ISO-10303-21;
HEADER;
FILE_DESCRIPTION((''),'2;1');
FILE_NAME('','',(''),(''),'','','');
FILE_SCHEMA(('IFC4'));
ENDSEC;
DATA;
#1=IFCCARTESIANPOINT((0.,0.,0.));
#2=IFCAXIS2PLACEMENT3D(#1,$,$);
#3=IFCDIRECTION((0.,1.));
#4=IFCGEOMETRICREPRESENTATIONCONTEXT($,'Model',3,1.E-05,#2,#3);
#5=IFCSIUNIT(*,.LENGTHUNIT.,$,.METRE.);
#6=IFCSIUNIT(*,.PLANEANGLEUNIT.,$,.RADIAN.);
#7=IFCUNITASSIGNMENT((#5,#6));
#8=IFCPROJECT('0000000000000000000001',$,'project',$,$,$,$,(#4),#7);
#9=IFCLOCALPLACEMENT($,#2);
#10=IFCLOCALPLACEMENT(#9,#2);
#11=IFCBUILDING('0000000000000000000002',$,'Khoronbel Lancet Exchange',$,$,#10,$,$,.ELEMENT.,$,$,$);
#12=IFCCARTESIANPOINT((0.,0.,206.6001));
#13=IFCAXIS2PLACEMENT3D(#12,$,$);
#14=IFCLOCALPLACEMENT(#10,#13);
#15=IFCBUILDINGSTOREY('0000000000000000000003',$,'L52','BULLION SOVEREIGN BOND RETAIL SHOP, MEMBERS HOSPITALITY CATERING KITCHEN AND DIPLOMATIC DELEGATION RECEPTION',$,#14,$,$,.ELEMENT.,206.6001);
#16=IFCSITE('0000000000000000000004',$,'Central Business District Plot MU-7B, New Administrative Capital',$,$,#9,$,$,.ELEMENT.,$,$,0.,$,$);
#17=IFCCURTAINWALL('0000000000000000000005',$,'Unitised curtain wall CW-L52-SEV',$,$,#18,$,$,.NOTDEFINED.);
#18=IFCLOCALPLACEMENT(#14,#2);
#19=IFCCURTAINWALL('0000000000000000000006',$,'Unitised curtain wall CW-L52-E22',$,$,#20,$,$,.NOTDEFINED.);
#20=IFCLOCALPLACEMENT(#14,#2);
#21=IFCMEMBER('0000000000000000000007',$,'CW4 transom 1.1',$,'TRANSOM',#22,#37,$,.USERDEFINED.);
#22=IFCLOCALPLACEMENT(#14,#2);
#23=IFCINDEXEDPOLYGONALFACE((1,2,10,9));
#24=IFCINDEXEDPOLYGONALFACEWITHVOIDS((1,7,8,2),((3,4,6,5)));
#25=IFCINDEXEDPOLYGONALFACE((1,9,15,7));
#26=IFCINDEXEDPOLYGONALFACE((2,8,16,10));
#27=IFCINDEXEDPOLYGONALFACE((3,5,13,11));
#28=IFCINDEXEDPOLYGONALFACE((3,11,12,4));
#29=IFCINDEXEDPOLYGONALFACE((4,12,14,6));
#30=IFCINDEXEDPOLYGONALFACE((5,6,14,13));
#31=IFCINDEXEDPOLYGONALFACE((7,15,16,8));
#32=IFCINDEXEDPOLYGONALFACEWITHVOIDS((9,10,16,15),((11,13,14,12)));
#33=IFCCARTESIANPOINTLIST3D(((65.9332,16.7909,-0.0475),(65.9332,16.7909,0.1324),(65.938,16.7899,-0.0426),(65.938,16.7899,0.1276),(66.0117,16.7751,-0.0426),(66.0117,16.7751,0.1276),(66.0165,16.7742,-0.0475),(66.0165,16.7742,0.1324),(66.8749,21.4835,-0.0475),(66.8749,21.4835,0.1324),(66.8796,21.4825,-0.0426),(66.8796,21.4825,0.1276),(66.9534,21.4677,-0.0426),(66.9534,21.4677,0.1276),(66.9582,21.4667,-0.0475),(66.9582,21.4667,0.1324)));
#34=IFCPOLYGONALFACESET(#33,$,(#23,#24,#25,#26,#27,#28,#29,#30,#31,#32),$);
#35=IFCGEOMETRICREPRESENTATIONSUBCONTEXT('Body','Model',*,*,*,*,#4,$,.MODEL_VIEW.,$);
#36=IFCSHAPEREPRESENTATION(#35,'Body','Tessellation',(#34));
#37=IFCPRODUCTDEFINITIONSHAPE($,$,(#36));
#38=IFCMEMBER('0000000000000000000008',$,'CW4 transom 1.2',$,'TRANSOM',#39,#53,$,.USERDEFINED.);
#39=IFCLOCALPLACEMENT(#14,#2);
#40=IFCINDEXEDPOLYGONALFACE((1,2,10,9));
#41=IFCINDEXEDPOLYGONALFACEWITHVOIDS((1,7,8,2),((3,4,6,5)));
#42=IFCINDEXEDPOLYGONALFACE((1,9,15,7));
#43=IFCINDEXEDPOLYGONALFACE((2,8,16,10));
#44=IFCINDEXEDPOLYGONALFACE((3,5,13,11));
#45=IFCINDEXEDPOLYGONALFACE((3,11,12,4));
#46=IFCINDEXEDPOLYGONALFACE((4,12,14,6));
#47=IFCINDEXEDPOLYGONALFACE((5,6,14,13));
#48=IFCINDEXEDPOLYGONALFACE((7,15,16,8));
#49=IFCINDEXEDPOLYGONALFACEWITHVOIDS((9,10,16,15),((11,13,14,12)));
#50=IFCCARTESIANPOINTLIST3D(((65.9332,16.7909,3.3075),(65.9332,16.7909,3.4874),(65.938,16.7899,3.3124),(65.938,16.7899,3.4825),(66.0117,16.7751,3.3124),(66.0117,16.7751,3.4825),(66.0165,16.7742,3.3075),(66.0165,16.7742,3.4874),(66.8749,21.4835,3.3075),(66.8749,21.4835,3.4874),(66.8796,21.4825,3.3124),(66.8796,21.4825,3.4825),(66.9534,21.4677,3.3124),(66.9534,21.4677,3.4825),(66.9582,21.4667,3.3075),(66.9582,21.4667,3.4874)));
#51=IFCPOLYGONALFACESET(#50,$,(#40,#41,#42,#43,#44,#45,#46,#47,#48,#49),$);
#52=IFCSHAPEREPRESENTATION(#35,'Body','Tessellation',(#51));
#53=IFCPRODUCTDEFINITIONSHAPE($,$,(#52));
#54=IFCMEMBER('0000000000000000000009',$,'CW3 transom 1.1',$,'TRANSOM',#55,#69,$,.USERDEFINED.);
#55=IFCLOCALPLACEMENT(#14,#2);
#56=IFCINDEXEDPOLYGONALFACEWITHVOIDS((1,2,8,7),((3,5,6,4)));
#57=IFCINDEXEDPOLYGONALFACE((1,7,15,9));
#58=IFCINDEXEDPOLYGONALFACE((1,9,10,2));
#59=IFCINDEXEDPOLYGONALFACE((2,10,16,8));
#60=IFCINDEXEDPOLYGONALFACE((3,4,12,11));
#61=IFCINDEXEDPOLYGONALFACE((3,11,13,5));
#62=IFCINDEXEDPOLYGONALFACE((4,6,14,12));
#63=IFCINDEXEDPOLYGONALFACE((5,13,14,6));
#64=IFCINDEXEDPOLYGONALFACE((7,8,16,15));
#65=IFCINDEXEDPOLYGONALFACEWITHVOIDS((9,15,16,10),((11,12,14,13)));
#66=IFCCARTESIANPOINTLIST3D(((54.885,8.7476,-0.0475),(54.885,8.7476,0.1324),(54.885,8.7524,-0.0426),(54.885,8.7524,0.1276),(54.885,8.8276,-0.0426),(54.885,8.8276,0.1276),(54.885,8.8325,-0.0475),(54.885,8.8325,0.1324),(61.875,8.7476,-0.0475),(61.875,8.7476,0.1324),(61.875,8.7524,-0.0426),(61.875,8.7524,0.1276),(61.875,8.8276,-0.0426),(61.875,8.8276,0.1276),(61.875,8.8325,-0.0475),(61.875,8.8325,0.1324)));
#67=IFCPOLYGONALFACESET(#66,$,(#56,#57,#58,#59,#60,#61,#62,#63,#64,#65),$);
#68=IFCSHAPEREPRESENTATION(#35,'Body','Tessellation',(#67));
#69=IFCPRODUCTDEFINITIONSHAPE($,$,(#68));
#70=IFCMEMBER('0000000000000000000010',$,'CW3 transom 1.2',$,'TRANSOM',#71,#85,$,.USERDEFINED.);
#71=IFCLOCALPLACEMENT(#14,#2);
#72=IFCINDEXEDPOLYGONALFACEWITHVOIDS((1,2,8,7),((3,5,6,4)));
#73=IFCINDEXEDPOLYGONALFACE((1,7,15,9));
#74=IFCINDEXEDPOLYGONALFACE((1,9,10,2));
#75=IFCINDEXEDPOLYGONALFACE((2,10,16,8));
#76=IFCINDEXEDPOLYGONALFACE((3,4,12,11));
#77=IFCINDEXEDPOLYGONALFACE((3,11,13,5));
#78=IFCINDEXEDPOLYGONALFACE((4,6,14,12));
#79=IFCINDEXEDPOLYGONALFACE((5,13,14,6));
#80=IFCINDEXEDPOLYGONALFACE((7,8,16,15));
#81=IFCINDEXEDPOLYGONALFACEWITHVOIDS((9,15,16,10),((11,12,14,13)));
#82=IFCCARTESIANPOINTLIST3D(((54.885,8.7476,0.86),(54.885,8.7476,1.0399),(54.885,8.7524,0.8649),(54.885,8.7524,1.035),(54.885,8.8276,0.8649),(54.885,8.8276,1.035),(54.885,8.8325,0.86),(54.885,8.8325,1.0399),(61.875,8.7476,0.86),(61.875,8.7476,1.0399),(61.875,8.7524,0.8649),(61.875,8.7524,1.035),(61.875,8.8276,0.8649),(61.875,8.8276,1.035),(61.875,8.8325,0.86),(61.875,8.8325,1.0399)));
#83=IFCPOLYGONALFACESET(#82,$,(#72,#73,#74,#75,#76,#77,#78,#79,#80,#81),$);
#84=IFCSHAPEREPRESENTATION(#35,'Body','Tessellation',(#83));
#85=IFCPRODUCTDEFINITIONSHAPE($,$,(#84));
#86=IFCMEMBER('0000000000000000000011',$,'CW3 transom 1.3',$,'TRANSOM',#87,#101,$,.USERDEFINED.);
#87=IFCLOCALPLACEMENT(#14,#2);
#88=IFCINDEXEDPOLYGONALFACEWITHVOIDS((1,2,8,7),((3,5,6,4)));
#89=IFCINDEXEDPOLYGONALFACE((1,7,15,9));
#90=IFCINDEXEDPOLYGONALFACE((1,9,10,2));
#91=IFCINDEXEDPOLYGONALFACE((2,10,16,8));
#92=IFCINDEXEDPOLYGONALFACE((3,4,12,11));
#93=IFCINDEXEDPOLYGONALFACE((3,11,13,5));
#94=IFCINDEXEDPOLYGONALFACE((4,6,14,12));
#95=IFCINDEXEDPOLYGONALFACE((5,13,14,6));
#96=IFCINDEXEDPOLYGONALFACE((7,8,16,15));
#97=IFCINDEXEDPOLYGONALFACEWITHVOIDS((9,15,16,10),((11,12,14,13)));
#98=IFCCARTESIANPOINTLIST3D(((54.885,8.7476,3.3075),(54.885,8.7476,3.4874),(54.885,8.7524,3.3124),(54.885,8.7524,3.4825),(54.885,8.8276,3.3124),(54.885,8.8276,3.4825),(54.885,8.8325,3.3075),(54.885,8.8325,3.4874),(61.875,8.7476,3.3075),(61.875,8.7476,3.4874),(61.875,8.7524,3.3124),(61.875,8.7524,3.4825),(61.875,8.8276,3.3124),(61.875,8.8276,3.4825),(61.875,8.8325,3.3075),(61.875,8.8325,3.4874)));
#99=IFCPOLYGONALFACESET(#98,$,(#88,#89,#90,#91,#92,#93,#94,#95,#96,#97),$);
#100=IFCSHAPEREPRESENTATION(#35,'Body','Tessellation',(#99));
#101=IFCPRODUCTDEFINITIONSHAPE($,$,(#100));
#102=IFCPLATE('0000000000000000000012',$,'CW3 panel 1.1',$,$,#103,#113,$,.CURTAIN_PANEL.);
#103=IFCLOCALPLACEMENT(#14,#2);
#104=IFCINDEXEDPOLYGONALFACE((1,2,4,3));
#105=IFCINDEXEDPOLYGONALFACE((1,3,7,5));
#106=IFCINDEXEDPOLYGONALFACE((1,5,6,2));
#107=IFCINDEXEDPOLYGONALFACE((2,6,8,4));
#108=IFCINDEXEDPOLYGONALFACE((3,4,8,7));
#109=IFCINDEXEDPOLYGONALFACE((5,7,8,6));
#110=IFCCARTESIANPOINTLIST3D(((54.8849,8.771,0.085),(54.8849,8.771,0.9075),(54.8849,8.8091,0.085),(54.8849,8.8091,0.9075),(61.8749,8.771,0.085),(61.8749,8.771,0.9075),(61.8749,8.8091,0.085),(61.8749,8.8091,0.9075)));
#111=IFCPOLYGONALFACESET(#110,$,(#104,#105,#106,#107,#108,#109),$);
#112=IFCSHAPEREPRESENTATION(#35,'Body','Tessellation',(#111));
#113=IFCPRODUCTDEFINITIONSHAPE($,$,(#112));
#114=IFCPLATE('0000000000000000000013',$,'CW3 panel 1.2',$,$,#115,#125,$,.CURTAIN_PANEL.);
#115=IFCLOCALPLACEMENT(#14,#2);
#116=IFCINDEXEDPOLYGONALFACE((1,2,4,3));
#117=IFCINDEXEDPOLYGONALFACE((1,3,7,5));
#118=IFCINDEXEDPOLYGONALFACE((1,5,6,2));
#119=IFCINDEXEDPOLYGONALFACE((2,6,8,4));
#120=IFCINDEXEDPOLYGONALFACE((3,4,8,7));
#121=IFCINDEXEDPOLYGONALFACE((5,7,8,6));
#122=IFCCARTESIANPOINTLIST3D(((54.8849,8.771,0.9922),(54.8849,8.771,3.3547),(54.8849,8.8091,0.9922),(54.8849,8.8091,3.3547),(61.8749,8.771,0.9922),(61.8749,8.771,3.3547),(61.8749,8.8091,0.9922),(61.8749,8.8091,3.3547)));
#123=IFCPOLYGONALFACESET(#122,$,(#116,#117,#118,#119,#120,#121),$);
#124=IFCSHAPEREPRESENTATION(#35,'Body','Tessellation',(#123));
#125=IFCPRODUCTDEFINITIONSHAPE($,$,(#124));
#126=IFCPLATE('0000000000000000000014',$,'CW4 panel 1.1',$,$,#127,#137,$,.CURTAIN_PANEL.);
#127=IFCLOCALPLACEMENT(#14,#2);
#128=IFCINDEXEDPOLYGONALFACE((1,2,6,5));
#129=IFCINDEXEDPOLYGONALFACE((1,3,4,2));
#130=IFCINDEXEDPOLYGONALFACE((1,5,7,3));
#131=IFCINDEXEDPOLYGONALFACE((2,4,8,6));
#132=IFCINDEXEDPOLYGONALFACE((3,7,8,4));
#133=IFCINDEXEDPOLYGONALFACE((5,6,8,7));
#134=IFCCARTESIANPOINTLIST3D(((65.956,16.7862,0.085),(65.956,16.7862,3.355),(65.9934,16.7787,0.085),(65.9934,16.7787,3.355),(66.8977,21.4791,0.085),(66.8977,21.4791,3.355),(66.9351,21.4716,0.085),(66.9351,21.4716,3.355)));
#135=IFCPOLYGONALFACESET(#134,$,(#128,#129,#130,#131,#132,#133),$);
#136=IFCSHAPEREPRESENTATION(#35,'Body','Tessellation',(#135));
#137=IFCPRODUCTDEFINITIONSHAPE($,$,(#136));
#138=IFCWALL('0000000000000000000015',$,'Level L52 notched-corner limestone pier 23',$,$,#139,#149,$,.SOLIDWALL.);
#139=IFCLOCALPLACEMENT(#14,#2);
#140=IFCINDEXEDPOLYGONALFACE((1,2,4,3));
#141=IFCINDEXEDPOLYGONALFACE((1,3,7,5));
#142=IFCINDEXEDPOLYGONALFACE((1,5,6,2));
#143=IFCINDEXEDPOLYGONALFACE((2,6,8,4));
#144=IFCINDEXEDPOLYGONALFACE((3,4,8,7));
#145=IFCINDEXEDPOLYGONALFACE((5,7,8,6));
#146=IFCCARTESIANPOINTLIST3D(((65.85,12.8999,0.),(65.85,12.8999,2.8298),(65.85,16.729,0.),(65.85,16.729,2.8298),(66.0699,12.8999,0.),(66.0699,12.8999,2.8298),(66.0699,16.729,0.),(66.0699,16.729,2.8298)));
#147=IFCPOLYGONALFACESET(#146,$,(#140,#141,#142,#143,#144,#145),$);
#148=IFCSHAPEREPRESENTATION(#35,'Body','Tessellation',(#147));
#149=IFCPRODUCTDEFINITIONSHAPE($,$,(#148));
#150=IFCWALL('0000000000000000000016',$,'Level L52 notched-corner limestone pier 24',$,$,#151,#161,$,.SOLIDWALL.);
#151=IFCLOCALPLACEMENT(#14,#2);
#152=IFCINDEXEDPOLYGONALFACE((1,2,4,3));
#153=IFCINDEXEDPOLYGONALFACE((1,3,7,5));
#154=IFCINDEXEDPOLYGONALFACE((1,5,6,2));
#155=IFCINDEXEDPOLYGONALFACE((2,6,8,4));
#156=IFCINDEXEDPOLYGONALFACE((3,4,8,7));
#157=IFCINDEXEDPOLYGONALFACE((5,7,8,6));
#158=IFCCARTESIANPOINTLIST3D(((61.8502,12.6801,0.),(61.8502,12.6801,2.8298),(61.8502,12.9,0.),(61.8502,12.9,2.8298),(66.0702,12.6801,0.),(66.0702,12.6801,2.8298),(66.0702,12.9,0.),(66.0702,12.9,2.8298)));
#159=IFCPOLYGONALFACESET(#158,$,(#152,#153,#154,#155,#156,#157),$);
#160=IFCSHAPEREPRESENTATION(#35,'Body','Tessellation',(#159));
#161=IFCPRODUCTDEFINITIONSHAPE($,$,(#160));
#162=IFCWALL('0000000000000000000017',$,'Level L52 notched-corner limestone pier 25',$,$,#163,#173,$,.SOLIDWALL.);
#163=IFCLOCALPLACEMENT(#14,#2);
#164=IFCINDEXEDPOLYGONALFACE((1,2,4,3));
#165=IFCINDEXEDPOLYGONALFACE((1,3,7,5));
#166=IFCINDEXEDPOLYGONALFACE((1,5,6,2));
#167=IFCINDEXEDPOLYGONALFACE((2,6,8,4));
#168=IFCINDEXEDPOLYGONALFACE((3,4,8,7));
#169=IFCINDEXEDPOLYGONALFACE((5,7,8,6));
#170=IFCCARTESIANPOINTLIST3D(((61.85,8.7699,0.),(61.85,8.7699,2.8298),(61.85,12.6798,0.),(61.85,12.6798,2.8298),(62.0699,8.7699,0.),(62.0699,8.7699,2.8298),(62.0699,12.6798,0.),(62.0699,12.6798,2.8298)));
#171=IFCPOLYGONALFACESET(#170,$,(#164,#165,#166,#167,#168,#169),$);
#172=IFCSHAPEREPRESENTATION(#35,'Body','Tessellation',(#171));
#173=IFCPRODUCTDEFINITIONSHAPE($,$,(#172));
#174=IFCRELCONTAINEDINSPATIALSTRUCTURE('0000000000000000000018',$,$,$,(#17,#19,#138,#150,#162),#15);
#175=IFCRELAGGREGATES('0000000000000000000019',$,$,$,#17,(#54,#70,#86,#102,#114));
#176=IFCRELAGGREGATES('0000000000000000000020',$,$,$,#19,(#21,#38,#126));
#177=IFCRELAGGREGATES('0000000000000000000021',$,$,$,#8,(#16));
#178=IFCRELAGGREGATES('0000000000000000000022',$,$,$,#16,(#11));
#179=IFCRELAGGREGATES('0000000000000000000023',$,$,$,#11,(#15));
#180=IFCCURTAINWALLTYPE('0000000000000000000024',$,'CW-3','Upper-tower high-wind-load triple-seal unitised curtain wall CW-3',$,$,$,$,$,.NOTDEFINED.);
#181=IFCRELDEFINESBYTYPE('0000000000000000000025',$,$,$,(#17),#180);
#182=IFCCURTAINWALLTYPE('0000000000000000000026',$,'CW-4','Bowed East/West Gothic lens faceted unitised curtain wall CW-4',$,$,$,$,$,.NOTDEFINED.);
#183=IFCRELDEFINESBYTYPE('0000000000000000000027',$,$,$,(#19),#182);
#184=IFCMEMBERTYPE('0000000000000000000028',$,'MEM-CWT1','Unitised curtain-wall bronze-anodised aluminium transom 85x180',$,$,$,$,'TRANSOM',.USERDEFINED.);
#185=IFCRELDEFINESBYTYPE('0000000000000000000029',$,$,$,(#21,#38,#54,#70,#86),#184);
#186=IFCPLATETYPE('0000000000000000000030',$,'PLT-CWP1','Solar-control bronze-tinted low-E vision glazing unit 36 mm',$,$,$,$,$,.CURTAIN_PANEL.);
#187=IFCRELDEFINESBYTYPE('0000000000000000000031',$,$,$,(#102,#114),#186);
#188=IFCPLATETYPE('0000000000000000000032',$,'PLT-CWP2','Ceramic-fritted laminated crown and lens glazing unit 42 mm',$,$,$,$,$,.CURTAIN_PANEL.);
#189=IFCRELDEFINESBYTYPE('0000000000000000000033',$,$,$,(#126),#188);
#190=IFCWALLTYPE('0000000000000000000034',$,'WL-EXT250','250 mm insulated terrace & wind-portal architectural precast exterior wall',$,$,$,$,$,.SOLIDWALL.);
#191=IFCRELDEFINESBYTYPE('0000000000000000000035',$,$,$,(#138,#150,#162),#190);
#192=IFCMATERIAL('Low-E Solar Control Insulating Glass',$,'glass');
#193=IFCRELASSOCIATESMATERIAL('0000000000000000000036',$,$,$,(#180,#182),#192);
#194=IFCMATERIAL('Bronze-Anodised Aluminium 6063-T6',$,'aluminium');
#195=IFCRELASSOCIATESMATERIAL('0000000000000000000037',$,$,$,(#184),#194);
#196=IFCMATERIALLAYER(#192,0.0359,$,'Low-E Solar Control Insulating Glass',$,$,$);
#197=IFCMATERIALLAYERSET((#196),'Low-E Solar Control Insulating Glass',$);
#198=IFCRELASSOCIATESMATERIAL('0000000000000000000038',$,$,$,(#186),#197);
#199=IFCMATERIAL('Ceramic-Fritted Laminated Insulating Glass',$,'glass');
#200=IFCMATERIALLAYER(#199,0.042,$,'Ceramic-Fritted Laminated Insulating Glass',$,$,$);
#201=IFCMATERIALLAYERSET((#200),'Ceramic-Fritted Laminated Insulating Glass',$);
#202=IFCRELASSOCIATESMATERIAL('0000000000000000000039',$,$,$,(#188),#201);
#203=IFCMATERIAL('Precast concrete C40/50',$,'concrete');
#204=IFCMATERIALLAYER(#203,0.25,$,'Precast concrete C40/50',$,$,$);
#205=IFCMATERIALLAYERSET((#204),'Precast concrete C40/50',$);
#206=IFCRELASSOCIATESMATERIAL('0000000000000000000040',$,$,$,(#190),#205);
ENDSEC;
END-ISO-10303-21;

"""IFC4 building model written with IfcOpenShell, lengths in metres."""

from ifc_helpers import new_model, si_unit, direction, frame, frame_2d, origin, origin_2d, place, context, subcontext, project, spatial, rectangle, hollow_rectangle, extrude, material, layer, layer_set, material_profile, profile_set, type_object, element, aggregate, save


model = new_model("IFC4")

# Units and contexts
model_context = context("Model", 3, precision=1e-05, world=origin(), true_north=direction((0.0, 1.0)))
body_context = subcontext(model_context, "Body", "Model", "MODEL_VIEW")
ifc_project = project(units=[si_unit("LENGTHUNIT", "METRE"), si_unit("PLANEANGLEUNIT", "RADIAN")], contexts=[model_context])

# Site, building, storey
site_placement = place(None, origin())
site = spatial("IfcSite", under=ifc_project, at=site_placement, Name="Central Business District Plot MU-7B, New Administrative Capital", CompositionType="ELEMENT", RefElevation=0.0)
building_placement = place(site_placement, origin())
building = spatial("IfcBuilding", under=site, at=building_placement, Name="Khoronbel Lancet Exchange", CompositionType="ELEMENT")
storey_placement = place(building_placement, frame((0.0, 0.0, 206.6001)))
storey = spatial("IfcBuildingStorey", under=building, at=storey_placement, Name="L52", Description="BULLION SOVEREIGN BOND RETAIL SHOP, MEMBERS HOSPITALITY CATERING KITCHEN AND DIPLOMATIC DELEGATION RECEPTION", CompositionType="ELEMENT", Elevation=206.6001)

# Shared definitions
ifc_material_1 = material(Name="Low-E Solar Control Insulating Glass", Category="glass")
curtain_wall_type_1 = type_object("IfcCurtainWallType", Name="CW-3", Description="Upper-tower high-wind-load triple-seal unitised curtain wall CW-3", PredefinedType="NOTDEFINED", material=ifc_material_1)
ifc_material_2 = material(Name="Bronze-Anodised Aluminium 6063-T6", Category="aluminium")

# Curtain walls, members
curtain_wall_1_placement = place(storey_placement, origin())
curtain_wall_1 = element("IfcCurtainWall", 1, at=curtain_wall_1_placement, inside=storey, type_object=curtain_wall_type_1, Name="Unitised curtain wall CW-L52-SEV", PredefinedType="NOTDEFINED")
curtain_wall_type_2 = type_object("IfcCurtainWallType", Name="CW-4", Description="Bowed East/West Gothic lens faceted unitised curtain wall CW-4", PredefinedType="NOTDEFINED", material=ifc_material_1)
curtain_wall_2_placement = place(storey_placement, origin())
curtain_wall_2 = element("IfcCurtainWall", 2, at=curtain_wall_2_placement, inside=storey, type_object=curtain_wall_type_2, Name="Unitised curtain wall CW-L52-E22", PredefinedType="NOTDEFINED")
ifc_material_profile_1 = material_profile(ifc_material_2, hollow_rectangle(XDim=0.085, YDim=0.1799, WallThickness=0.0049, at=origin_2d()), Name="ALU TRANSOM 85x180")
ifc_profile_set_1 = profile_set([ifc_material_profile_1], Name="Bronze-Anodised Aluminium 6063-T6")
member_type_1 = type_object("IfcMemberType", Name="MEM-CWT1", Description="Unitised curtain-wall bronze-anodised aluminium transom 85x180", ElementType="TRANSOM", PredefinedType="USERDEFINED", material=ifc_profile_set_1)
member_1_placement = place(storey_placement, frame((66.9165, 21.4751, 0.0425), z_axis=(-0.196744, -0.980455, 0.0), x_axis=(0.980455, -0.196744, 0.0)))
member_1 = element("IfcMember", 3, at=member_1_placement, type_object=member_type_1, Name="CW4 transom 1.1", ObjectType="TRANSOM", PredefinedType="USERDEFINED", context=body_context, shape_type="SweptSolid", body=[
    extrude(hollow_rectangle(XDim=0.085, YDim=0.1799, WallThickness=0.0049, at=origin_2d()), origin(), (0.0, 0.0, 1.0), 4.7861),
])
member_2_placement = place(storey_placement, frame((66.9165, 21.4751, 3.3975), z_axis=(-0.196744, -0.980455, 0.0), x_axis=(0.980455, -0.196744, 0.0)))
member_2 = element("IfcMember", 4, at=member_2_placement, type_object=member_type_1, Name="CW4 transom 1.2", ObjectType="TRANSOM", PredefinedType="USERDEFINED", context=body_context, shape_type="SweptSolid", body=[
    extrude(hollow_rectangle(XDim=0.085, YDim=0.1799, WallThickness=0.0049, at=origin_2d()), origin(), (0.0, 0.0, 1.0), 4.7861),
])

# Members
member_3_placement = place(storey_placement, frame((54.885, 8.79, 0.0425), z_axis=(1.0, 0.0, 0.0), x_axis=(0.0, 1.0, 0.0)))
member_3 = element("IfcMember", 5, at=member_3_placement, type_object=member_type_1, Name="CW3 transom 1.1", ObjectType="TRANSOM", PredefinedType="USERDEFINED", context=body_context, shape_type="SweptSolid", body=[
    extrude(hollow_rectangle(XDim=0.085, YDim=0.1799, WallThickness=0.0049, at=origin_2d()), origin(), (0.0, 0.0, 1.0), 6.99),
])
member_4_placement = place(storey_placement, frame((54.885, 8.79, 0.95), z_axis=(1.0, 0.0, 0.0), x_axis=(0.0, 1.0, 0.0)))
member_4 = element("IfcMember", 6, at=member_4_placement, type_object=member_type_1, Name="CW3 transom 1.2", ObjectType="TRANSOM", PredefinedType="USERDEFINED", context=body_context, shape_type="SweptSolid", body=[
    extrude(hollow_rectangle(XDim=0.085, YDim=0.1799, WallThickness=0.0049, at=origin_2d()), origin(), (0.0, 0.0, 1.0), 6.99),
])
member_5_placement = place(storey_placement, frame((54.885, 8.79, 3.3975), z_axis=(1.0, 0.0, 0.0), x_axis=(0.0, 1.0, 0.0)))
member_5 = element("IfcMember", 7, at=member_5_placement, type_object=member_type_1, Name="CW3 transom 1.3", ObjectType="TRANSOM", PredefinedType="USERDEFINED", context=body_context, shape_type="SweptSolid", body=[
    extrude(hollow_rectangle(XDim=0.085, YDim=0.1799, WallThickness=0.0049, at=origin_2d()), origin(), (0.0, 0.0, 1.0), 6.99),
])

# Plates
ifc_layer_1 = layer(ifc_material_1, 0.0359, Name="Low-E Solar Control Insulating Glass")
ifc_layer_set_1 = layer_set([ifc_layer_1], Name="Low-E Solar Control Insulating Glass")
plate_type_1 = type_object("IfcPlateType", Name="PLT-CWP1", Description="Solar-control bronze-tinted low-E vision glazing unit 36 mm", PredefinedType="CURTAIN_PANEL", material=ifc_layer_set_1)
plate_1_placement = place(storey_placement, frame((58.3799, 8.79, 0.085), z_axis=(0.0, 0.0, 1.0), x_axis=(1.0, 0.0, 0.0)))
plate_1 = element("IfcPlate", 8, at=plate_1_placement, type_object=plate_type_1, Name="CW3 panel 1.1", PredefinedType="CURTAIN_PANEL", context=body_context, shape_type="SweptSolid", body=[
    extrude(rectangle(XDim=6.99, YDim=0.0381, at=origin_2d()), origin(), (0.0, 0.0, 1.0), 0.8225),
])
plate_2_placement = place(storey_placement, frame((58.3799, 8.79, 0.9922), z_axis=(0.0, 0.0, 1.0), x_axis=(1.0, 0.0, 0.0)))
plate_2 = element("IfcPlate", 9, at=plate_2_placement, type_object=plate_type_1, Name="CW3 panel 1.2", PredefinedType="CURTAIN_PANEL", context=body_context, shape_type="SweptSolid", body=[
    extrude(rectangle(XDim=6.99, YDim=0.0381, at=origin_2d()), origin(), (0.0, 0.0, 1.0), 2.3625),
])
aggregate(curtain_wall_1, [member_3, member_4, member_5, plate_1, plate_2])
ifc_material_3 = material(Name="Ceramic-Fritted Laminated Insulating Glass", Category="glass")
ifc_layer_2 = layer(ifc_material_3, 0.042, Name="Ceramic-Fritted Laminated Insulating Glass")
ifc_layer_set_2 = layer_set([ifc_layer_2], Name="Ceramic-Fritted Laminated Insulating Glass")
plate_type_2 = type_object("IfcPlateType", Name="PLT-CWP2", Description="Ceramic-fritted laminated crown and lens glazing unit 42 mm", PredefinedType="CURTAIN_PANEL", material=ifc_layer_set_2)
plate_3_placement = place(storey_placement, frame((66.4456, 19.1289, 0.085), z_axis=(0.0, 0.0, 1.0), x_axis=(-0.196747, -0.980454, 0.0)))
plate_3 = element("IfcPlate", 10, at=plate_3_placement, type_object=plate_type_2, Name="CW4 panel 1.1", PredefinedType="CURTAIN_PANEL", context=body_context, shape_type="SweptSolid", body=[
    extrude(rectangle(XDim=4.7864, YDim=0.0381, at=origin_2d()), origin(), (0.0, 0.0, 1.0), 3.27),
])
aggregate(curtain_wall_2, [member_1, member_2, plate_3])

# Walls
ifc_material_4 = material(Name="Precast concrete C40/50", Category="concrete")
ifc_layer_3 = layer(ifc_material_4, 0.25, Name="Precast concrete C40/50")
ifc_layer_set_3 = layer_set([ifc_layer_3], Name="Precast concrete C40/50")
wall_type_1 = type_object("IfcWallType", Name="WL-EXT250", Description="250 mm insulated terrace & wind-portal architectural precast exterior wall", PredefinedType="SOLIDWALL", material=ifc_layer_set_3)
wall_1_placement = place(storey_placement, frame((65.96, 16.729, 0.0), z_axis=(0.0, 0.0, 1.0), x_axis=(0.0, -1.0, 0.0)))
element("IfcWall", 11, at=wall_1_placement, inside=storey, type_object=wall_type_1, Name="Level L52 notched-corner limestone pier 23", PredefinedType="SOLIDWALL", context=body_context, shape_type="SweptSolid", body=[
    extrude(rectangle(XDim=3.8291, YDim=0.22, at=frame_2d((1.9146, 0.0))), origin(), (0.0, 0.0, 1.0), 2.8298),
])
wall_2_placement = place(storey_placement, frame((66.0701, 12.79, 0.0), z_axis=(0.0, 0.0, 1.0), x_axis=(-1.0, 0.0, 0.0)))
element("IfcWall", 12, at=wall_2_placement, inside=storey, type_object=wall_type_1, Name="Level L52 notched-corner limestone pier 24", PredefinedType="SOLIDWALL", context=body_context, shape_type="SweptSolid", body=[
    extrude(rectangle(XDim=4.22, YDim=0.22, at=frame_2d((2.1099, 0.0))), origin(), (0.0, 0.0, 1.0), 2.8298),
])
wall_3_placement = place(storey_placement, frame((61.96, 12.6799, 0.0), z_axis=(0.0, 0.0, 1.0), x_axis=(0.0, -1.0, 0.0)))
element("IfcWall", 13, at=wall_3_placement, inside=storey, type_object=wall_type_1, Name="Level L52 notched-corner limestone pier 25", PredefinedType="SOLIDWALL", context=body_context, shape_type="SweptSolid", body=[
    extrude(rectangle(XDim=3.9099, YDim=0.22, at=frame_2d((1.9551, 0.0))), origin(), (0.0, 0.0, 1.0), 2.8298),
])

save(model, "model.ifc")
